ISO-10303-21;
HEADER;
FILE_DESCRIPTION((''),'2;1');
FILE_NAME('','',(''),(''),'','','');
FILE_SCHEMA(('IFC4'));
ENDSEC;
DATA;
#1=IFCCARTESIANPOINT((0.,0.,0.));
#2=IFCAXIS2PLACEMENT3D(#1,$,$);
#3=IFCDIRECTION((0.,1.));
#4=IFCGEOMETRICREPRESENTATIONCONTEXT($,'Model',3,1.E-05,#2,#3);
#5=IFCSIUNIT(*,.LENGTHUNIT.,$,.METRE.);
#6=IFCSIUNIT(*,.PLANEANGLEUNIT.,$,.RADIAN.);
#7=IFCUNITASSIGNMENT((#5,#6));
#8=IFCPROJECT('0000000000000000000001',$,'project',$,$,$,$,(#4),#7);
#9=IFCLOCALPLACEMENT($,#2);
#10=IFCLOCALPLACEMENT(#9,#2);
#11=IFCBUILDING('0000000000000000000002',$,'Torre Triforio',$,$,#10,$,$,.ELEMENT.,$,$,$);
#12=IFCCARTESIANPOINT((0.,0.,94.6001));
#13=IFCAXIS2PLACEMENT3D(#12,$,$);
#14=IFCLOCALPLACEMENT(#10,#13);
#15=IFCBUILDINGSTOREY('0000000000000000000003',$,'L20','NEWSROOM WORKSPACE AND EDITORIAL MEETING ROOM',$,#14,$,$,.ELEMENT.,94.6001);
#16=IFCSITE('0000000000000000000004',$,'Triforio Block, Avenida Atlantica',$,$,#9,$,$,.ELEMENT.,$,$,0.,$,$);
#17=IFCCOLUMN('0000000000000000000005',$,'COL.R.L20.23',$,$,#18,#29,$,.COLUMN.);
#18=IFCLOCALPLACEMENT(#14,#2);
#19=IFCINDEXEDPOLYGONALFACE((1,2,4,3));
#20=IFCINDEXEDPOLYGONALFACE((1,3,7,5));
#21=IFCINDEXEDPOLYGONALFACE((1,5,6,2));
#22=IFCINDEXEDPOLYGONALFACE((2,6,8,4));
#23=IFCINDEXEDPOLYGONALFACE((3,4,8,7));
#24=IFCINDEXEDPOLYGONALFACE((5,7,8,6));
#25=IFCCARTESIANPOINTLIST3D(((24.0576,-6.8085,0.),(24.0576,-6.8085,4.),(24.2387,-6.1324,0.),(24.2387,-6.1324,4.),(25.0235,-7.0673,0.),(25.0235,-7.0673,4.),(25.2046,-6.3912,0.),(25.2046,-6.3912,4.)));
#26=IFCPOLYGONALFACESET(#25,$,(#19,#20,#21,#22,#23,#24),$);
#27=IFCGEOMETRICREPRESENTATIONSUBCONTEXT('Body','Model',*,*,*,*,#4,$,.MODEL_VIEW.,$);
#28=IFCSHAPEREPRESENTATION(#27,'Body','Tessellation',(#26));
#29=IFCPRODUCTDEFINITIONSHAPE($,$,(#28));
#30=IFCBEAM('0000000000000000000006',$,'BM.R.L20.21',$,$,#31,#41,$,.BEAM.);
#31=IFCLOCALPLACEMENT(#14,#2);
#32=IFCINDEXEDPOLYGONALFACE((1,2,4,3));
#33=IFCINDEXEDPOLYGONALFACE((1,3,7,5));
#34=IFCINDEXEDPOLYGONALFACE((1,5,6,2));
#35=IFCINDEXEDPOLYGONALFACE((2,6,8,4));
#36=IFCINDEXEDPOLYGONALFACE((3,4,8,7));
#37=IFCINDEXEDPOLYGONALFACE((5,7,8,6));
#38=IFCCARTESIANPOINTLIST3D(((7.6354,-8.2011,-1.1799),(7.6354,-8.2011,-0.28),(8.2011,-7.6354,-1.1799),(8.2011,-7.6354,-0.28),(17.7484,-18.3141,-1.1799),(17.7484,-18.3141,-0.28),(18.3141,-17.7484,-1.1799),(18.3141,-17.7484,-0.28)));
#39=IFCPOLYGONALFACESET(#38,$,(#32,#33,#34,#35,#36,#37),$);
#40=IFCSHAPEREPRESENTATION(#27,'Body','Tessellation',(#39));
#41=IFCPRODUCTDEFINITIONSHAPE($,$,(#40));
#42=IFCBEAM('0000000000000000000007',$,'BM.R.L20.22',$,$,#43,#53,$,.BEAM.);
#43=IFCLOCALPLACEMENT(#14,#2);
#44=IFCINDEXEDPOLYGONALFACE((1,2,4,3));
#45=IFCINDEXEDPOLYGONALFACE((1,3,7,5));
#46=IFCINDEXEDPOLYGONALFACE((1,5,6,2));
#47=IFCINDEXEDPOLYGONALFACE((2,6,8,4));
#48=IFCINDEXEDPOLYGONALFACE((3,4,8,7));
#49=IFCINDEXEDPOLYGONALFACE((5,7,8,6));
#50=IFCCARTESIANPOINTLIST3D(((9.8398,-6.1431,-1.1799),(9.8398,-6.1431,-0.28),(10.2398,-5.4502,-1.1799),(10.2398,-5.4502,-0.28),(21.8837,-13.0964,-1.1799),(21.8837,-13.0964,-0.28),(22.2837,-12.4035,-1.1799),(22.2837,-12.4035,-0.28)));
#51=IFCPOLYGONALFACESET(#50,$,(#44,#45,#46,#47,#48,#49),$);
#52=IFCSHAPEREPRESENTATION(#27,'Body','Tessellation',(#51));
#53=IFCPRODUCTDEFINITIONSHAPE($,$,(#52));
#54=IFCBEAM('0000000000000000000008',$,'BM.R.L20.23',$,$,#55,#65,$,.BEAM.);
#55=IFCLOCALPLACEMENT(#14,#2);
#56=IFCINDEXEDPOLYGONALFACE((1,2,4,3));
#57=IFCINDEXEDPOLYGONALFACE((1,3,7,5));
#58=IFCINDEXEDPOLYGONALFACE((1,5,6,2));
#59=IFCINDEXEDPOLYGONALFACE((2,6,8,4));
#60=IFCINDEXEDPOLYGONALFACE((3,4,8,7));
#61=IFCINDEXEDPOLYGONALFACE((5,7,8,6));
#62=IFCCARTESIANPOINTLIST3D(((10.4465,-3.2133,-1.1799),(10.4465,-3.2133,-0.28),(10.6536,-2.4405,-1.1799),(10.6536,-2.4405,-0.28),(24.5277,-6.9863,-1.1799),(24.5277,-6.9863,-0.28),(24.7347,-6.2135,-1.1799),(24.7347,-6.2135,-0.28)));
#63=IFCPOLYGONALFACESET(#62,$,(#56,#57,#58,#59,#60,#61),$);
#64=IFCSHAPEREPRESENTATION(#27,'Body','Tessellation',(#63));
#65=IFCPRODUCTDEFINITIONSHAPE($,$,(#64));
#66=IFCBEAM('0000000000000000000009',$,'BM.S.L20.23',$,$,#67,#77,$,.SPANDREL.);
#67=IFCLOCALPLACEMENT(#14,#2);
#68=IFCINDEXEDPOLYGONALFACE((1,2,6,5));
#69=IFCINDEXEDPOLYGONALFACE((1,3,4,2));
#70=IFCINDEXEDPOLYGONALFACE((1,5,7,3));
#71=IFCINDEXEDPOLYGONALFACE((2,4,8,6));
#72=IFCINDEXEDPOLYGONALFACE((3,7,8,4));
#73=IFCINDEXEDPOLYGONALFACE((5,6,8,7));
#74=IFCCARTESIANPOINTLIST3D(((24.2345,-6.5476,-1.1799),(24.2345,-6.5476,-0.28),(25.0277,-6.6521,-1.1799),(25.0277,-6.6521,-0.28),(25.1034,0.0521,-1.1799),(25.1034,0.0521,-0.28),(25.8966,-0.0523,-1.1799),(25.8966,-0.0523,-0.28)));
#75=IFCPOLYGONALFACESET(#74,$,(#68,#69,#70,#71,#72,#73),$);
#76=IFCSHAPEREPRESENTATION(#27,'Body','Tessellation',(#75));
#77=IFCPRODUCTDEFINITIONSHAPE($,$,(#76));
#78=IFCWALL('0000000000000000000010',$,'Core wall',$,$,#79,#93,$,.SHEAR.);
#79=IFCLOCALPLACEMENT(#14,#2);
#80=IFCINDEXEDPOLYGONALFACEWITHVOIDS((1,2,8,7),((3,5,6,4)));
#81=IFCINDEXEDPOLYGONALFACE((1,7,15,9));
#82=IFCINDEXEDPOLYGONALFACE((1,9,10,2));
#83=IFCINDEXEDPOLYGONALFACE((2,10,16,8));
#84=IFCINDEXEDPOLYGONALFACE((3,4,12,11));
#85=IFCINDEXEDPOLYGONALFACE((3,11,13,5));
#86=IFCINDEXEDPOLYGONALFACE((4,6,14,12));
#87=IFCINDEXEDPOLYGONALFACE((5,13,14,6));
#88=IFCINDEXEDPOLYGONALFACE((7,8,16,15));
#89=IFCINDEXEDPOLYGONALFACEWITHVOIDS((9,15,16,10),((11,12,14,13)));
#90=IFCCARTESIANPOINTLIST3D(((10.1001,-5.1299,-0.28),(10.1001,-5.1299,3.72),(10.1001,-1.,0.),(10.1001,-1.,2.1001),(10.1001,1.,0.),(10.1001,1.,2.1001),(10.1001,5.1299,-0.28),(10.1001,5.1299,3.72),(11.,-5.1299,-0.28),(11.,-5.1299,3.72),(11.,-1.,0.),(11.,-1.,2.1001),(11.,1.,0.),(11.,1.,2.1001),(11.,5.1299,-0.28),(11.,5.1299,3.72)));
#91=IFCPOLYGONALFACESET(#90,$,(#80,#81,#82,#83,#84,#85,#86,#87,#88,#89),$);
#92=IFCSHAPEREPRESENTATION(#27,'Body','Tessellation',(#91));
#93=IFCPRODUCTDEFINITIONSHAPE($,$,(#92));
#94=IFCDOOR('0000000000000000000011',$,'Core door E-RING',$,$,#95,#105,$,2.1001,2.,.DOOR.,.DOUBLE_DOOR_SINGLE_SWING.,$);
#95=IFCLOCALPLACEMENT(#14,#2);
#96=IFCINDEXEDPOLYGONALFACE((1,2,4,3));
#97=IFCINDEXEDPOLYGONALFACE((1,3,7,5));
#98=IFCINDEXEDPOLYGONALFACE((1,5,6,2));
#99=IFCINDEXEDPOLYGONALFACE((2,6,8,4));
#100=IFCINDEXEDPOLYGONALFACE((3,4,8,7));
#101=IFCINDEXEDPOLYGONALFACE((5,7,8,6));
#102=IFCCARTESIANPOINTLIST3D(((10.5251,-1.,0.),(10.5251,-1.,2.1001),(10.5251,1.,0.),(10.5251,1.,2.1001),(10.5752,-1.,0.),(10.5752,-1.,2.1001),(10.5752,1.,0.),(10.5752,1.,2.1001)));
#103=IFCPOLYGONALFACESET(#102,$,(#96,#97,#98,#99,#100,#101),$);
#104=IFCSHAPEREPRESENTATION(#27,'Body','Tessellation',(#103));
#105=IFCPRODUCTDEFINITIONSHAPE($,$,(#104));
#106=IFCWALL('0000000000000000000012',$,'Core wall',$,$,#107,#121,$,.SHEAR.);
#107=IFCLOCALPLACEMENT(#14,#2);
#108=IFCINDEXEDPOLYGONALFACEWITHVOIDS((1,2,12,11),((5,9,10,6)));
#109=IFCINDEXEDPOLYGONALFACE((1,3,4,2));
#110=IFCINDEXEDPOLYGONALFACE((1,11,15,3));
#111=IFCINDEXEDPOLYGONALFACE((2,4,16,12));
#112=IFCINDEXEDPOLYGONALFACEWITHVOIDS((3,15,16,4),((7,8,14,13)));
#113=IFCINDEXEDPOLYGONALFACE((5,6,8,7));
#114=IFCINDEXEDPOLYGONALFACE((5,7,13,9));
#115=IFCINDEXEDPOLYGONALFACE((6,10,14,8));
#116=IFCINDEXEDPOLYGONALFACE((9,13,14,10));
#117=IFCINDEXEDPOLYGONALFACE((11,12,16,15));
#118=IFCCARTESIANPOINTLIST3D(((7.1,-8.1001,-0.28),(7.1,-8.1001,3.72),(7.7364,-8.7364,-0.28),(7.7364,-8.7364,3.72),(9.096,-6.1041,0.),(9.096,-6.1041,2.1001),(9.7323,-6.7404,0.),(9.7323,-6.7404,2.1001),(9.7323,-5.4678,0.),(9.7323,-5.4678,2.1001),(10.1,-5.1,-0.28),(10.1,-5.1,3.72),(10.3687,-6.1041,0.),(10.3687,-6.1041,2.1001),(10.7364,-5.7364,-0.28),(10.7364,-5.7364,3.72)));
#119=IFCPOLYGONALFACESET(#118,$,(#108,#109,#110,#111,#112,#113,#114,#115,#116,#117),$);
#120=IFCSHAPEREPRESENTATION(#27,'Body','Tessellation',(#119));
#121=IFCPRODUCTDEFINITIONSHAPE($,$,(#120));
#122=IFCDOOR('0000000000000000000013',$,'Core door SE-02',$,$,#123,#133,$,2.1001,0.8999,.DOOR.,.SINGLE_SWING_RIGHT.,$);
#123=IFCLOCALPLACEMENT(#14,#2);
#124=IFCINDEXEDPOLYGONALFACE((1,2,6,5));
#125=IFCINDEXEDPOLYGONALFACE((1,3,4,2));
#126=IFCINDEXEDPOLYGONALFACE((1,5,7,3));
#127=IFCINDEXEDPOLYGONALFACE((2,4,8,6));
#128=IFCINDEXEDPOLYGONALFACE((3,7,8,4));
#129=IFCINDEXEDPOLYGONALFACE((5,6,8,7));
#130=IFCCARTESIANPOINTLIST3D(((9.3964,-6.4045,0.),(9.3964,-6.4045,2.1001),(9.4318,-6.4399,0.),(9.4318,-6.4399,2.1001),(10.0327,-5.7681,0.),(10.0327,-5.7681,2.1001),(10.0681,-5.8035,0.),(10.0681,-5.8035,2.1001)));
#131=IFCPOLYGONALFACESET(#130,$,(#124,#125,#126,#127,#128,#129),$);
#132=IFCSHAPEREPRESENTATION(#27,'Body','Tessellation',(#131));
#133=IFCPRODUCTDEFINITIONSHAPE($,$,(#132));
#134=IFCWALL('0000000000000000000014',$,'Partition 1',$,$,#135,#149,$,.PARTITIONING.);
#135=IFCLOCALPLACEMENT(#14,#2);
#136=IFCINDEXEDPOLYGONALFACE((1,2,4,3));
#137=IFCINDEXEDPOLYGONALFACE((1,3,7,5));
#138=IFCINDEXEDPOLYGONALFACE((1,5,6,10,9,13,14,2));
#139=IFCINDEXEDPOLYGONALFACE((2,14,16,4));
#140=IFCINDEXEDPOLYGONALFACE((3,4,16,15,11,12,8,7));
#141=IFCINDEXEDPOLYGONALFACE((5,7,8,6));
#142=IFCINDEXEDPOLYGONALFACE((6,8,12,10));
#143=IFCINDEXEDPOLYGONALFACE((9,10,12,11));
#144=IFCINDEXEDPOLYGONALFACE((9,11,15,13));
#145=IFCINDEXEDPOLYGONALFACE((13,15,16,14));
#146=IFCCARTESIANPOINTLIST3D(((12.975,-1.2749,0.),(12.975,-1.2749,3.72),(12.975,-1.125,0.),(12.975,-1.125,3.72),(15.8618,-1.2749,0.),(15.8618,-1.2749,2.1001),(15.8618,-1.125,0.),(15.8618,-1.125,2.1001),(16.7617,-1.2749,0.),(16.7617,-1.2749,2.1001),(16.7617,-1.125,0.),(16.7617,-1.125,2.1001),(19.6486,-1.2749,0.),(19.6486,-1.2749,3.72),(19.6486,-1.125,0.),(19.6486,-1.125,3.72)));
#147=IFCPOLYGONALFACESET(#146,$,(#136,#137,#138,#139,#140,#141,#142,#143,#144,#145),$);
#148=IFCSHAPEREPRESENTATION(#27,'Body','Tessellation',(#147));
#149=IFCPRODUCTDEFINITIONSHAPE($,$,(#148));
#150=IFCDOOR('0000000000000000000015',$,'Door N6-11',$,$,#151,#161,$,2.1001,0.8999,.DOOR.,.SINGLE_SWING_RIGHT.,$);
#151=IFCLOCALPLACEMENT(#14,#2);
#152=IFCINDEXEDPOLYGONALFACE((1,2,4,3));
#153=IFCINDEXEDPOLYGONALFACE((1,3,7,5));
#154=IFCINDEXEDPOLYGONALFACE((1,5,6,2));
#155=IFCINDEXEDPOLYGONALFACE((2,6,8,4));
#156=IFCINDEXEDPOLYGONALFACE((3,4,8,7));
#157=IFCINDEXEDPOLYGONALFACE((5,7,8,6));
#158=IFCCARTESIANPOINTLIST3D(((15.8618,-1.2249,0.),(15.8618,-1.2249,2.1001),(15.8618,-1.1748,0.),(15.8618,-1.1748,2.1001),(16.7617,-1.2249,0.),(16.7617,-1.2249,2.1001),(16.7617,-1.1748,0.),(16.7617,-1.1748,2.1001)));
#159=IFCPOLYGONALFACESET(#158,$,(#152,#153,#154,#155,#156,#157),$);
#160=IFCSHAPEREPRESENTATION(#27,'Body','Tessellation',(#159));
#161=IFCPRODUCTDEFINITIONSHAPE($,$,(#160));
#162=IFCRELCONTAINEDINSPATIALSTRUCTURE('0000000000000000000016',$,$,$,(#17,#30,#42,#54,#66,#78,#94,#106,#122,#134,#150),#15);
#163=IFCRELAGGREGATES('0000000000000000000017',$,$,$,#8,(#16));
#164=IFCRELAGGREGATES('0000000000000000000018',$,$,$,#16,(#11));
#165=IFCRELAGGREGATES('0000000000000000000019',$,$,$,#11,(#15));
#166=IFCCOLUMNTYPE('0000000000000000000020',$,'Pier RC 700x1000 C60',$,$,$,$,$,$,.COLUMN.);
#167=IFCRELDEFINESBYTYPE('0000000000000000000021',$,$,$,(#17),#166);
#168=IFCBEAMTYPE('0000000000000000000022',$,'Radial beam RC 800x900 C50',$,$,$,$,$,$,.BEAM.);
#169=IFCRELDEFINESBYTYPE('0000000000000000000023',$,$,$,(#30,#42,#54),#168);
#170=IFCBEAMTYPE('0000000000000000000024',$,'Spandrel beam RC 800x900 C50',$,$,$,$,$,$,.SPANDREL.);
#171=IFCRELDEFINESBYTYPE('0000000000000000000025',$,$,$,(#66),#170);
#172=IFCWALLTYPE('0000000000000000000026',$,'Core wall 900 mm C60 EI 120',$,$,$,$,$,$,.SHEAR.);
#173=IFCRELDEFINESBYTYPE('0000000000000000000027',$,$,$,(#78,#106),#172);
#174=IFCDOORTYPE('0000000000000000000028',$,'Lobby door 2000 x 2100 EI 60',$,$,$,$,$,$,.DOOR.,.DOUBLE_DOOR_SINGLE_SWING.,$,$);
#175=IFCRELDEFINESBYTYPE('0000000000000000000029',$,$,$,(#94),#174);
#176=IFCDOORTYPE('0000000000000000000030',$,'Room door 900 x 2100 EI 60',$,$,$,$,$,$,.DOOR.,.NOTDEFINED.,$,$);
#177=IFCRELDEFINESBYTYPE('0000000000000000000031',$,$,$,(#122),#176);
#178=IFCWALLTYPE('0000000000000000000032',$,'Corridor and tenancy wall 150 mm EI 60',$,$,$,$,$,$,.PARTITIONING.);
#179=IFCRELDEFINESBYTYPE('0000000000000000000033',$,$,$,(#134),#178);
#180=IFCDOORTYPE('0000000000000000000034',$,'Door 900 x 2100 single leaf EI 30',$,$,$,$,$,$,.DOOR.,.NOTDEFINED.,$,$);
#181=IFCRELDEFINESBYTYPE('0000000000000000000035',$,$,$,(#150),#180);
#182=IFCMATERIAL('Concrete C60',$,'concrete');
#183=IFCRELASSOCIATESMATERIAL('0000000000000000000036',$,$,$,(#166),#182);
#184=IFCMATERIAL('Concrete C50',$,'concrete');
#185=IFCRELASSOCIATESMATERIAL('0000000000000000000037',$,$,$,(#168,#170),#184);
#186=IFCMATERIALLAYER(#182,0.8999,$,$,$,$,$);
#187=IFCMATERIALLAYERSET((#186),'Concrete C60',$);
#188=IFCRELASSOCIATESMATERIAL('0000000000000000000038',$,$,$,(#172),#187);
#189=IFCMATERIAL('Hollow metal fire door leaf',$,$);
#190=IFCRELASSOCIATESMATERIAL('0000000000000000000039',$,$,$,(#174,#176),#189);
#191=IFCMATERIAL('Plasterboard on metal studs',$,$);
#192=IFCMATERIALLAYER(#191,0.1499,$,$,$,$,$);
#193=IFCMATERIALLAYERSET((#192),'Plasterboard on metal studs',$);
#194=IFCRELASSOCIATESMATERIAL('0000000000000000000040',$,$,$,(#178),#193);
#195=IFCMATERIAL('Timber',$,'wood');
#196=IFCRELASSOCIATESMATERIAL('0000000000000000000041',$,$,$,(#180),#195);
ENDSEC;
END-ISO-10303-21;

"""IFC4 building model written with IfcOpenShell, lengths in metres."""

from ifc_helpers import new_model, si_unit, direction, frame, frame_2d, origin, origin_2d, place, context, subcontext, project, spatial, rectangle, extrude, material, layer, layer_set, material_profile, profile_set, type_object, element, fill, save


model = new_model("IFC4")

# Units and contexts
model_context = context("Model", 3, precision=1e-05, world=origin(), true_north=direction((0.0, 1.0)))
body_context = subcontext(model_context, "Body", "Model", "MODEL_VIEW")
ifc_project = project(units=[si_unit("LENGTHUNIT", "METRE"), si_unit("PLANEANGLEUNIT", "RADIAN")], contexts=[model_context])

# Site, building, storey
site_placement = place(None, origin())
site = spatial("IfcSite", under=ifc_project, at=site_placement, Name="Triforio Block, Avenida Atlantica", CompositionType="ELEMENT", RefElevation=0.0)
building_placement = place(site_placement, origin())
building = spatial("IfcBuilding", under=site, at=building_placement, Name="Torre Triforio", CompositionType="ELEMENT")
storey_placement = place(building_placement, frame((0.0, 0.0, 94.6001)))
storey = spatial("IfcBuildingStorey", under=building, at=storey_placement, Name="L20", Description="NEWSROOM WORKSPACE AND EDITORIAL MEETING ROOM", CompositionType="ELEMENT", Elevation=94.6001)

# Column
ifc_material_1 = material(Name="Concrete C60", Category="concrete")
ifc_material_profile_1 = material_profile(ifc_material_1, rectangle(XDim=0.7, YDim=1.0, at=origin_2d()), Name="RC 700x1000")
ifc_profile_set_1 = profile_set([ifc_material_profile_1], Name="Concrete C60")
column_type = type_object("IfcColumnType", Name="Pier RC 700x1000 C60", PredefinedType="COLUMN", material=ifc_profile_set_1)
column_placement = place(storey_placement, frame((24.6311, -6.5999, 0.0), z_axis=(0.0, 0.0, 1.0), x_axis=(0.258819, 0.965926, 0.0)))
element("IfcColumn", 1, at=column_placement, inside=storey, type_object=column_type, Name="COL.R.L20.23", PredefinedType="COLUMN", context=body_context, shape_type="SweptSolid", body=[
    extrude(rectangle(XDim=0.7, YDim=1.0, at=origin_2d()), origin(), (0.0, 0.0, 1.0), 4.0),
])

# Beams
ifc_material_2 = material(Name="Concrete C50", Category="concrete")
ifc_material_profile_2 = material_profile(ifc_material_2, rectangle(XDim=0.8, YDim=0.8999, at=origin_2d()), Name="RC 800x900")
ifc_profile_set_2 = profile_set([ifc_material_profile_2], Name="Concrete C50")
beam_type_1 = type_object("IfcBeamType", Name="Radial beam RC 800x900 C50", PredefinedType="BEAM", material=ifc_profile_set_2)
beam_1_placement = place(storey_placement, frame((7.9182, -7.9182, -0.73), z_axis=(0.707107, -0.707107, 0.0), x_axis=(0.707107, 0.707107, 0.0)))
element("IfcBeam", 2, at=beam_1_placement, inside=storey, type_object=beam_type_1, Name="BM.R.L20.21", PredefinedType="BEAM", context=body_context, shape_type="SweptSolid", body=[
    extrude(rectangle(XDim=0.8, YDim=0.8999, at=origin_2d()), origin(), (0.0, 0.0, 1.0), 14.302),
])
beam_2_placement = place(storey_placement, frame((10.0398, -5.7966, -0.73), z_axis=(0.866032, -0.499989, 0.0), x_axis=(0.499989, 0.866032, 0.0)))
element("IfcBeam", 3, at=beam_2_placement, inside=storey, type_object=beam_type_1, Name="BM.R.L20.22", PredefinedType="BEAM", context=body_context, shape_type="SweptSolid", body=[
    extrude(rectangle(XDim=0.8, YDim=0.8999, at=origin_2d()), origin(), (0.0, 0.0, 1.0), 13.907),
])
beam_3_placement = place(storey_placement, frame((10.55, -2.8269, -0.73), z_axis=(0.965927, -0.258815, 0.0), x_axis=(0.258815, 0.965927, 0.0)))
element("IfcBeam", 4, at=beam_3_placement, inside=storey, type_object=beam_type_1, Name="BM.R.L20.23", PredefinedType="BEAM", context=body_context, shape_type="SweptSolid", body=[
    extrude(rectangle(XDim=0.8, YDim=0.8999, at=origin_2d()), origin(), (0.0, 0.0, 1.0), 14.5779),
])
ifc_material_profile_3 = material_profile(ifc_material_2, rectangle(XDim=0.8, YDim=0.8999, at=origin_2d()), Name="RC 800x900")
ifc_profile_set_3 = profile_set([ifc_material_profile_3], Name="Concrete C50")
beam_type_2 = type_object("IfcBeamType", Name="Spandrel beam RC 800x900 C50", PredefinedType="SPANDREL", material=ifc_profile_set_3)
beam_4_placement = place(storey_placement, frame((24.6311, -6.5999, -0.73), z_axis=(0.130528, 0.991445, 0.0), x_axis=(-0.991445, 0.130528, 0.0)))
element("IfcBeam", 5, at=beam_4_placement, inside=storey, type_object=beam_type_2, Name="BM.S.L20.23", PredefinedType="SPANDREL", context=body_context, shape_type="SweptSolid", body=[
    extrude(rectangle(XDim=0.8, YDim=0.8999, at=origin_2d()), origin(), (0.0, 0.0, 1.0), 6.6567),
])

# Walls, openings, doors
ifc_layer_1 = layer(ifc_material_1, 0.8999)
ifc_layer_set_1 = layer_set([ifc_layer_1], Name="Concrete C60")
wall_type_1 = type_object("IfcWallType", Name="Core wall 900 mm C60 EI 120", PredefinedType="SHEAR", material=ifc_layer_set_1)
wall_1_placement = place(storey_placement, frame((10.55, -5.1299, -0.28), z_axis=(0.0, 0.0, 1.0), x_axis=(0.0, 1.0, 0.0)))
wall_1 = element("IfcWall", 6, at=wall_1_placement, inside=storey, type_object=wall_type_1, Name="Core wall", PredefinedType="SHEAR", context=body_context, shape_type="SweptSolid", body=[
    extrude(rectangle(XDim=10.2598, YDim=0.8999, at=frame_2d((5.1299, 0.0))), origin(), (0.0, 0.0, 1.0), 4.0),
])
opening_1_placement = place(wall_1_placement, frame((4.1299, 0.0, 0.28)))
opening_1 = element("IfcOpeningElement", 7, at=opening_1_placement, cuts=wall_1, PredefinedType="OPENING", context=body_context, shape_type="SweptSolid", body=[
    extrude(rectangle(XDim=2.0, YDim=2.1001, at=frame_2d((1.0, 1.05))), frame((0.0, 0.46, 0.0), z_axis=(0.0, -1.0, 0.0), x_axis=(1.0, 0.0, 0.0)), (0.0, 0.0, 1.0), 0.9199),
])
ifc_material_3 = material(Name="Hollow metal fire door leaf")
door_type_1 = type_object("IfcDoorType", Name="Lobby door 2000 x 2100 EI 60", OperationType="DOUBLE_DOOR_SINGLE_SWING", PredefinedType="DOOR", material=ifc_material_3)
door_1_placement = place(opening_1_placement, origin())
door_1 = element("IfcDoor", 8, at=door_1_placement, inside=storey, type_object=door_type_1, Name="Core door E-RING", OperationType="DOUBLE_DOOR_SINGLE_SWING", OverallHeight=2.1001, OverallWidth=2.0, PredefinedType="DOOR", context=body_context, shape_type="SweptSolid", body=[
    extrude(rectangle(XDim=2.0, YDim=2.1001, at=frame_2d((1.0, 1.05))), frame((0.0, 0.0249, 0.0), z_axis=(0.0, -1.0, 0.0), x_axis=(1.0, 0.0, 0.0)), (0.0, 0.0, 1.0), 0.05),
])
fill(opening_1, door_1)
wall_2_placement = place(storey_placement, frame((10.4182, -5.4182, -0.28), z_axis=(0.0, 0.0, 1.0), x_axis=(-0.707107, -0.707107, 0.0)))
wall_2 = element("IfcWall", 9, at=wall_2_placement, inside=storey, type_object=wall_type_1, Name="Core wall", PredefinedType="SHEAR", context=body_context, shape_type="SweptSolid", body=[
    extrude(rectangle(XDim=4.2427, YDim=0.8999, at=frame_2d((2.1213, 0.0))), origin(), (0.0, 0.0, 1.0), 4.0),
])
opening_2_placement = place(wall_2_placement, frame((0.52, 0.0, 0.28)))
opening_2 = element("IfcOpeningElement", 10, at=opening_2_placement, cuts=wall_2, PredefinedType="OPENING", context=body_context, shape_type="SweptSolid", body=[
    extrude(rectangle(XDim=0.8999, YDim=2.1001, at=frame_2d((0.45, 1.05))), frame((0.0, 0.46, 0.0), z_axis=(0.0, -1.0, 0.0), x_axis=(1.0, 0.0, 0.0)), (0.0, 0.0, 1.0), 0.9199),
])
door_type_2 = type_object("IfcDoorType", Name="Room door 900 x 2100 EI 60", OperationType="NOTDEFINED", PredefinedType="DOOR", material=ifc_material_3)
door_2_placement = place(opening_2_placement, origin())
door_2 = element("IfcDoor", 11, at=door_2_placement, inside=storey, type_object=door_type_2, Name="Core door SE-02", OperationType="SINGLE_SWING_RIGHT", OverallHeight=2.1001, OverallWidth=0.8999, PredefinedType="DOOR", context=body_context, shape_type="SweptSolid", body=[
    extrude(rectangle(XDim=0.8999, YDim=2.1001, at=frame_2d((0.45, 1.05))), frame((0.0, 0.0249, 0.0), z_axis=(0.0, -1.0, 0.0), x_axis=(1.0, 0.0, 0.0)), (0.0, 0.0, 1.0), 0.05),
])
fill(opening_2, door_2)
ifc_material_4 = material(Name="Plasterboard on metal studs")
ifc_layer_2 = layer(ifc_material_4, 0.1499)
ifc_layer_set_2 = layer_set([ifc_layer_2], Name="Plasterboard on metal studs")
wall_type_2 = type_object("IfcWallType", Name="Corridor and tenancy wall 150 mm EI 60", PredefinedType="PARTITIONING", material=ifc_layer_set_2)
wall_3_placement = place(storey_placement, frame((19.6487, -1.2, 0.0), z_axis=(0.0, 0.0, 1.0), x_axis=(-1.0, 0.0, 0.0)))
wall_3 = element("IfcWall", 12, at=wall_3_placement, inside=storey, type_object=wall_type_2, Name="Partition 1", PredefinedType="PARTITIONING", context=body_context, shape_type="SweptSolid", body=[
    extrude(rectangle(XDim=6.6736, YDim=0.1499, at=frame_2d((3.3369, 0.0))), origin(), (0.0, 0.0, 1.0), 3.72),
])
opening_3_placement = place(wall_3_placement, frame((2.887, 0.0, 0.0)))
opening_3 = element("IfcOpeningElement", 13, at=opening_3_placement, cuts=wall_3, PredefinedType="OPENING", context=body_context, shape_type="SweptSolid", body=[
    extrude(rectangle(XDim=0.8999, YDim=2.1001, at=frame_2d((0.45, 1.05))), frame((0.0, 0.085, 0.0), z_axis=(0.0, -1.0, 0.0), x_axis=(1.0, 0.0, 0.0)), (0.0, 0.0, 1.0), 0.1699),
])
ifc_material_5 = material(Name="Timber", Category="wood")
door_type_3 = type_object("IfcDoorType", Name="Door 900 x 2100 single leaf EI 30", OperationType="NOTDEFINED", PredefinedType="DOOR", material=ifc_material_5)
door_3_placement = place(opening_3_placement, origin())
door_3 = element("IfcDoor", 14, at=door_3_placement, inside=storey, type_object=door_type_3, Name="Door N6-11", OperationType="SINGLE_SWING_RIGHT", OverallHeight=2.1001, OverallWidth=0.8999, PredefinedType="DOOR", context=body_context, shape_type="SweptSolid", body=[
    extrude(rectangle(XDim=0.8999, YDim=2.1001, at=frame_2d((0.45, 1.05))), frame((0.0, 0.0249, 0.0), z_axis=(0.0, -1.0, 0.0), x_axis=(1.0, 0.0, 0.0)), (0.0, 0.0, 1.0), 0.05),
])
fill(opening_3, door_3)

save(model, "model.ifc")
